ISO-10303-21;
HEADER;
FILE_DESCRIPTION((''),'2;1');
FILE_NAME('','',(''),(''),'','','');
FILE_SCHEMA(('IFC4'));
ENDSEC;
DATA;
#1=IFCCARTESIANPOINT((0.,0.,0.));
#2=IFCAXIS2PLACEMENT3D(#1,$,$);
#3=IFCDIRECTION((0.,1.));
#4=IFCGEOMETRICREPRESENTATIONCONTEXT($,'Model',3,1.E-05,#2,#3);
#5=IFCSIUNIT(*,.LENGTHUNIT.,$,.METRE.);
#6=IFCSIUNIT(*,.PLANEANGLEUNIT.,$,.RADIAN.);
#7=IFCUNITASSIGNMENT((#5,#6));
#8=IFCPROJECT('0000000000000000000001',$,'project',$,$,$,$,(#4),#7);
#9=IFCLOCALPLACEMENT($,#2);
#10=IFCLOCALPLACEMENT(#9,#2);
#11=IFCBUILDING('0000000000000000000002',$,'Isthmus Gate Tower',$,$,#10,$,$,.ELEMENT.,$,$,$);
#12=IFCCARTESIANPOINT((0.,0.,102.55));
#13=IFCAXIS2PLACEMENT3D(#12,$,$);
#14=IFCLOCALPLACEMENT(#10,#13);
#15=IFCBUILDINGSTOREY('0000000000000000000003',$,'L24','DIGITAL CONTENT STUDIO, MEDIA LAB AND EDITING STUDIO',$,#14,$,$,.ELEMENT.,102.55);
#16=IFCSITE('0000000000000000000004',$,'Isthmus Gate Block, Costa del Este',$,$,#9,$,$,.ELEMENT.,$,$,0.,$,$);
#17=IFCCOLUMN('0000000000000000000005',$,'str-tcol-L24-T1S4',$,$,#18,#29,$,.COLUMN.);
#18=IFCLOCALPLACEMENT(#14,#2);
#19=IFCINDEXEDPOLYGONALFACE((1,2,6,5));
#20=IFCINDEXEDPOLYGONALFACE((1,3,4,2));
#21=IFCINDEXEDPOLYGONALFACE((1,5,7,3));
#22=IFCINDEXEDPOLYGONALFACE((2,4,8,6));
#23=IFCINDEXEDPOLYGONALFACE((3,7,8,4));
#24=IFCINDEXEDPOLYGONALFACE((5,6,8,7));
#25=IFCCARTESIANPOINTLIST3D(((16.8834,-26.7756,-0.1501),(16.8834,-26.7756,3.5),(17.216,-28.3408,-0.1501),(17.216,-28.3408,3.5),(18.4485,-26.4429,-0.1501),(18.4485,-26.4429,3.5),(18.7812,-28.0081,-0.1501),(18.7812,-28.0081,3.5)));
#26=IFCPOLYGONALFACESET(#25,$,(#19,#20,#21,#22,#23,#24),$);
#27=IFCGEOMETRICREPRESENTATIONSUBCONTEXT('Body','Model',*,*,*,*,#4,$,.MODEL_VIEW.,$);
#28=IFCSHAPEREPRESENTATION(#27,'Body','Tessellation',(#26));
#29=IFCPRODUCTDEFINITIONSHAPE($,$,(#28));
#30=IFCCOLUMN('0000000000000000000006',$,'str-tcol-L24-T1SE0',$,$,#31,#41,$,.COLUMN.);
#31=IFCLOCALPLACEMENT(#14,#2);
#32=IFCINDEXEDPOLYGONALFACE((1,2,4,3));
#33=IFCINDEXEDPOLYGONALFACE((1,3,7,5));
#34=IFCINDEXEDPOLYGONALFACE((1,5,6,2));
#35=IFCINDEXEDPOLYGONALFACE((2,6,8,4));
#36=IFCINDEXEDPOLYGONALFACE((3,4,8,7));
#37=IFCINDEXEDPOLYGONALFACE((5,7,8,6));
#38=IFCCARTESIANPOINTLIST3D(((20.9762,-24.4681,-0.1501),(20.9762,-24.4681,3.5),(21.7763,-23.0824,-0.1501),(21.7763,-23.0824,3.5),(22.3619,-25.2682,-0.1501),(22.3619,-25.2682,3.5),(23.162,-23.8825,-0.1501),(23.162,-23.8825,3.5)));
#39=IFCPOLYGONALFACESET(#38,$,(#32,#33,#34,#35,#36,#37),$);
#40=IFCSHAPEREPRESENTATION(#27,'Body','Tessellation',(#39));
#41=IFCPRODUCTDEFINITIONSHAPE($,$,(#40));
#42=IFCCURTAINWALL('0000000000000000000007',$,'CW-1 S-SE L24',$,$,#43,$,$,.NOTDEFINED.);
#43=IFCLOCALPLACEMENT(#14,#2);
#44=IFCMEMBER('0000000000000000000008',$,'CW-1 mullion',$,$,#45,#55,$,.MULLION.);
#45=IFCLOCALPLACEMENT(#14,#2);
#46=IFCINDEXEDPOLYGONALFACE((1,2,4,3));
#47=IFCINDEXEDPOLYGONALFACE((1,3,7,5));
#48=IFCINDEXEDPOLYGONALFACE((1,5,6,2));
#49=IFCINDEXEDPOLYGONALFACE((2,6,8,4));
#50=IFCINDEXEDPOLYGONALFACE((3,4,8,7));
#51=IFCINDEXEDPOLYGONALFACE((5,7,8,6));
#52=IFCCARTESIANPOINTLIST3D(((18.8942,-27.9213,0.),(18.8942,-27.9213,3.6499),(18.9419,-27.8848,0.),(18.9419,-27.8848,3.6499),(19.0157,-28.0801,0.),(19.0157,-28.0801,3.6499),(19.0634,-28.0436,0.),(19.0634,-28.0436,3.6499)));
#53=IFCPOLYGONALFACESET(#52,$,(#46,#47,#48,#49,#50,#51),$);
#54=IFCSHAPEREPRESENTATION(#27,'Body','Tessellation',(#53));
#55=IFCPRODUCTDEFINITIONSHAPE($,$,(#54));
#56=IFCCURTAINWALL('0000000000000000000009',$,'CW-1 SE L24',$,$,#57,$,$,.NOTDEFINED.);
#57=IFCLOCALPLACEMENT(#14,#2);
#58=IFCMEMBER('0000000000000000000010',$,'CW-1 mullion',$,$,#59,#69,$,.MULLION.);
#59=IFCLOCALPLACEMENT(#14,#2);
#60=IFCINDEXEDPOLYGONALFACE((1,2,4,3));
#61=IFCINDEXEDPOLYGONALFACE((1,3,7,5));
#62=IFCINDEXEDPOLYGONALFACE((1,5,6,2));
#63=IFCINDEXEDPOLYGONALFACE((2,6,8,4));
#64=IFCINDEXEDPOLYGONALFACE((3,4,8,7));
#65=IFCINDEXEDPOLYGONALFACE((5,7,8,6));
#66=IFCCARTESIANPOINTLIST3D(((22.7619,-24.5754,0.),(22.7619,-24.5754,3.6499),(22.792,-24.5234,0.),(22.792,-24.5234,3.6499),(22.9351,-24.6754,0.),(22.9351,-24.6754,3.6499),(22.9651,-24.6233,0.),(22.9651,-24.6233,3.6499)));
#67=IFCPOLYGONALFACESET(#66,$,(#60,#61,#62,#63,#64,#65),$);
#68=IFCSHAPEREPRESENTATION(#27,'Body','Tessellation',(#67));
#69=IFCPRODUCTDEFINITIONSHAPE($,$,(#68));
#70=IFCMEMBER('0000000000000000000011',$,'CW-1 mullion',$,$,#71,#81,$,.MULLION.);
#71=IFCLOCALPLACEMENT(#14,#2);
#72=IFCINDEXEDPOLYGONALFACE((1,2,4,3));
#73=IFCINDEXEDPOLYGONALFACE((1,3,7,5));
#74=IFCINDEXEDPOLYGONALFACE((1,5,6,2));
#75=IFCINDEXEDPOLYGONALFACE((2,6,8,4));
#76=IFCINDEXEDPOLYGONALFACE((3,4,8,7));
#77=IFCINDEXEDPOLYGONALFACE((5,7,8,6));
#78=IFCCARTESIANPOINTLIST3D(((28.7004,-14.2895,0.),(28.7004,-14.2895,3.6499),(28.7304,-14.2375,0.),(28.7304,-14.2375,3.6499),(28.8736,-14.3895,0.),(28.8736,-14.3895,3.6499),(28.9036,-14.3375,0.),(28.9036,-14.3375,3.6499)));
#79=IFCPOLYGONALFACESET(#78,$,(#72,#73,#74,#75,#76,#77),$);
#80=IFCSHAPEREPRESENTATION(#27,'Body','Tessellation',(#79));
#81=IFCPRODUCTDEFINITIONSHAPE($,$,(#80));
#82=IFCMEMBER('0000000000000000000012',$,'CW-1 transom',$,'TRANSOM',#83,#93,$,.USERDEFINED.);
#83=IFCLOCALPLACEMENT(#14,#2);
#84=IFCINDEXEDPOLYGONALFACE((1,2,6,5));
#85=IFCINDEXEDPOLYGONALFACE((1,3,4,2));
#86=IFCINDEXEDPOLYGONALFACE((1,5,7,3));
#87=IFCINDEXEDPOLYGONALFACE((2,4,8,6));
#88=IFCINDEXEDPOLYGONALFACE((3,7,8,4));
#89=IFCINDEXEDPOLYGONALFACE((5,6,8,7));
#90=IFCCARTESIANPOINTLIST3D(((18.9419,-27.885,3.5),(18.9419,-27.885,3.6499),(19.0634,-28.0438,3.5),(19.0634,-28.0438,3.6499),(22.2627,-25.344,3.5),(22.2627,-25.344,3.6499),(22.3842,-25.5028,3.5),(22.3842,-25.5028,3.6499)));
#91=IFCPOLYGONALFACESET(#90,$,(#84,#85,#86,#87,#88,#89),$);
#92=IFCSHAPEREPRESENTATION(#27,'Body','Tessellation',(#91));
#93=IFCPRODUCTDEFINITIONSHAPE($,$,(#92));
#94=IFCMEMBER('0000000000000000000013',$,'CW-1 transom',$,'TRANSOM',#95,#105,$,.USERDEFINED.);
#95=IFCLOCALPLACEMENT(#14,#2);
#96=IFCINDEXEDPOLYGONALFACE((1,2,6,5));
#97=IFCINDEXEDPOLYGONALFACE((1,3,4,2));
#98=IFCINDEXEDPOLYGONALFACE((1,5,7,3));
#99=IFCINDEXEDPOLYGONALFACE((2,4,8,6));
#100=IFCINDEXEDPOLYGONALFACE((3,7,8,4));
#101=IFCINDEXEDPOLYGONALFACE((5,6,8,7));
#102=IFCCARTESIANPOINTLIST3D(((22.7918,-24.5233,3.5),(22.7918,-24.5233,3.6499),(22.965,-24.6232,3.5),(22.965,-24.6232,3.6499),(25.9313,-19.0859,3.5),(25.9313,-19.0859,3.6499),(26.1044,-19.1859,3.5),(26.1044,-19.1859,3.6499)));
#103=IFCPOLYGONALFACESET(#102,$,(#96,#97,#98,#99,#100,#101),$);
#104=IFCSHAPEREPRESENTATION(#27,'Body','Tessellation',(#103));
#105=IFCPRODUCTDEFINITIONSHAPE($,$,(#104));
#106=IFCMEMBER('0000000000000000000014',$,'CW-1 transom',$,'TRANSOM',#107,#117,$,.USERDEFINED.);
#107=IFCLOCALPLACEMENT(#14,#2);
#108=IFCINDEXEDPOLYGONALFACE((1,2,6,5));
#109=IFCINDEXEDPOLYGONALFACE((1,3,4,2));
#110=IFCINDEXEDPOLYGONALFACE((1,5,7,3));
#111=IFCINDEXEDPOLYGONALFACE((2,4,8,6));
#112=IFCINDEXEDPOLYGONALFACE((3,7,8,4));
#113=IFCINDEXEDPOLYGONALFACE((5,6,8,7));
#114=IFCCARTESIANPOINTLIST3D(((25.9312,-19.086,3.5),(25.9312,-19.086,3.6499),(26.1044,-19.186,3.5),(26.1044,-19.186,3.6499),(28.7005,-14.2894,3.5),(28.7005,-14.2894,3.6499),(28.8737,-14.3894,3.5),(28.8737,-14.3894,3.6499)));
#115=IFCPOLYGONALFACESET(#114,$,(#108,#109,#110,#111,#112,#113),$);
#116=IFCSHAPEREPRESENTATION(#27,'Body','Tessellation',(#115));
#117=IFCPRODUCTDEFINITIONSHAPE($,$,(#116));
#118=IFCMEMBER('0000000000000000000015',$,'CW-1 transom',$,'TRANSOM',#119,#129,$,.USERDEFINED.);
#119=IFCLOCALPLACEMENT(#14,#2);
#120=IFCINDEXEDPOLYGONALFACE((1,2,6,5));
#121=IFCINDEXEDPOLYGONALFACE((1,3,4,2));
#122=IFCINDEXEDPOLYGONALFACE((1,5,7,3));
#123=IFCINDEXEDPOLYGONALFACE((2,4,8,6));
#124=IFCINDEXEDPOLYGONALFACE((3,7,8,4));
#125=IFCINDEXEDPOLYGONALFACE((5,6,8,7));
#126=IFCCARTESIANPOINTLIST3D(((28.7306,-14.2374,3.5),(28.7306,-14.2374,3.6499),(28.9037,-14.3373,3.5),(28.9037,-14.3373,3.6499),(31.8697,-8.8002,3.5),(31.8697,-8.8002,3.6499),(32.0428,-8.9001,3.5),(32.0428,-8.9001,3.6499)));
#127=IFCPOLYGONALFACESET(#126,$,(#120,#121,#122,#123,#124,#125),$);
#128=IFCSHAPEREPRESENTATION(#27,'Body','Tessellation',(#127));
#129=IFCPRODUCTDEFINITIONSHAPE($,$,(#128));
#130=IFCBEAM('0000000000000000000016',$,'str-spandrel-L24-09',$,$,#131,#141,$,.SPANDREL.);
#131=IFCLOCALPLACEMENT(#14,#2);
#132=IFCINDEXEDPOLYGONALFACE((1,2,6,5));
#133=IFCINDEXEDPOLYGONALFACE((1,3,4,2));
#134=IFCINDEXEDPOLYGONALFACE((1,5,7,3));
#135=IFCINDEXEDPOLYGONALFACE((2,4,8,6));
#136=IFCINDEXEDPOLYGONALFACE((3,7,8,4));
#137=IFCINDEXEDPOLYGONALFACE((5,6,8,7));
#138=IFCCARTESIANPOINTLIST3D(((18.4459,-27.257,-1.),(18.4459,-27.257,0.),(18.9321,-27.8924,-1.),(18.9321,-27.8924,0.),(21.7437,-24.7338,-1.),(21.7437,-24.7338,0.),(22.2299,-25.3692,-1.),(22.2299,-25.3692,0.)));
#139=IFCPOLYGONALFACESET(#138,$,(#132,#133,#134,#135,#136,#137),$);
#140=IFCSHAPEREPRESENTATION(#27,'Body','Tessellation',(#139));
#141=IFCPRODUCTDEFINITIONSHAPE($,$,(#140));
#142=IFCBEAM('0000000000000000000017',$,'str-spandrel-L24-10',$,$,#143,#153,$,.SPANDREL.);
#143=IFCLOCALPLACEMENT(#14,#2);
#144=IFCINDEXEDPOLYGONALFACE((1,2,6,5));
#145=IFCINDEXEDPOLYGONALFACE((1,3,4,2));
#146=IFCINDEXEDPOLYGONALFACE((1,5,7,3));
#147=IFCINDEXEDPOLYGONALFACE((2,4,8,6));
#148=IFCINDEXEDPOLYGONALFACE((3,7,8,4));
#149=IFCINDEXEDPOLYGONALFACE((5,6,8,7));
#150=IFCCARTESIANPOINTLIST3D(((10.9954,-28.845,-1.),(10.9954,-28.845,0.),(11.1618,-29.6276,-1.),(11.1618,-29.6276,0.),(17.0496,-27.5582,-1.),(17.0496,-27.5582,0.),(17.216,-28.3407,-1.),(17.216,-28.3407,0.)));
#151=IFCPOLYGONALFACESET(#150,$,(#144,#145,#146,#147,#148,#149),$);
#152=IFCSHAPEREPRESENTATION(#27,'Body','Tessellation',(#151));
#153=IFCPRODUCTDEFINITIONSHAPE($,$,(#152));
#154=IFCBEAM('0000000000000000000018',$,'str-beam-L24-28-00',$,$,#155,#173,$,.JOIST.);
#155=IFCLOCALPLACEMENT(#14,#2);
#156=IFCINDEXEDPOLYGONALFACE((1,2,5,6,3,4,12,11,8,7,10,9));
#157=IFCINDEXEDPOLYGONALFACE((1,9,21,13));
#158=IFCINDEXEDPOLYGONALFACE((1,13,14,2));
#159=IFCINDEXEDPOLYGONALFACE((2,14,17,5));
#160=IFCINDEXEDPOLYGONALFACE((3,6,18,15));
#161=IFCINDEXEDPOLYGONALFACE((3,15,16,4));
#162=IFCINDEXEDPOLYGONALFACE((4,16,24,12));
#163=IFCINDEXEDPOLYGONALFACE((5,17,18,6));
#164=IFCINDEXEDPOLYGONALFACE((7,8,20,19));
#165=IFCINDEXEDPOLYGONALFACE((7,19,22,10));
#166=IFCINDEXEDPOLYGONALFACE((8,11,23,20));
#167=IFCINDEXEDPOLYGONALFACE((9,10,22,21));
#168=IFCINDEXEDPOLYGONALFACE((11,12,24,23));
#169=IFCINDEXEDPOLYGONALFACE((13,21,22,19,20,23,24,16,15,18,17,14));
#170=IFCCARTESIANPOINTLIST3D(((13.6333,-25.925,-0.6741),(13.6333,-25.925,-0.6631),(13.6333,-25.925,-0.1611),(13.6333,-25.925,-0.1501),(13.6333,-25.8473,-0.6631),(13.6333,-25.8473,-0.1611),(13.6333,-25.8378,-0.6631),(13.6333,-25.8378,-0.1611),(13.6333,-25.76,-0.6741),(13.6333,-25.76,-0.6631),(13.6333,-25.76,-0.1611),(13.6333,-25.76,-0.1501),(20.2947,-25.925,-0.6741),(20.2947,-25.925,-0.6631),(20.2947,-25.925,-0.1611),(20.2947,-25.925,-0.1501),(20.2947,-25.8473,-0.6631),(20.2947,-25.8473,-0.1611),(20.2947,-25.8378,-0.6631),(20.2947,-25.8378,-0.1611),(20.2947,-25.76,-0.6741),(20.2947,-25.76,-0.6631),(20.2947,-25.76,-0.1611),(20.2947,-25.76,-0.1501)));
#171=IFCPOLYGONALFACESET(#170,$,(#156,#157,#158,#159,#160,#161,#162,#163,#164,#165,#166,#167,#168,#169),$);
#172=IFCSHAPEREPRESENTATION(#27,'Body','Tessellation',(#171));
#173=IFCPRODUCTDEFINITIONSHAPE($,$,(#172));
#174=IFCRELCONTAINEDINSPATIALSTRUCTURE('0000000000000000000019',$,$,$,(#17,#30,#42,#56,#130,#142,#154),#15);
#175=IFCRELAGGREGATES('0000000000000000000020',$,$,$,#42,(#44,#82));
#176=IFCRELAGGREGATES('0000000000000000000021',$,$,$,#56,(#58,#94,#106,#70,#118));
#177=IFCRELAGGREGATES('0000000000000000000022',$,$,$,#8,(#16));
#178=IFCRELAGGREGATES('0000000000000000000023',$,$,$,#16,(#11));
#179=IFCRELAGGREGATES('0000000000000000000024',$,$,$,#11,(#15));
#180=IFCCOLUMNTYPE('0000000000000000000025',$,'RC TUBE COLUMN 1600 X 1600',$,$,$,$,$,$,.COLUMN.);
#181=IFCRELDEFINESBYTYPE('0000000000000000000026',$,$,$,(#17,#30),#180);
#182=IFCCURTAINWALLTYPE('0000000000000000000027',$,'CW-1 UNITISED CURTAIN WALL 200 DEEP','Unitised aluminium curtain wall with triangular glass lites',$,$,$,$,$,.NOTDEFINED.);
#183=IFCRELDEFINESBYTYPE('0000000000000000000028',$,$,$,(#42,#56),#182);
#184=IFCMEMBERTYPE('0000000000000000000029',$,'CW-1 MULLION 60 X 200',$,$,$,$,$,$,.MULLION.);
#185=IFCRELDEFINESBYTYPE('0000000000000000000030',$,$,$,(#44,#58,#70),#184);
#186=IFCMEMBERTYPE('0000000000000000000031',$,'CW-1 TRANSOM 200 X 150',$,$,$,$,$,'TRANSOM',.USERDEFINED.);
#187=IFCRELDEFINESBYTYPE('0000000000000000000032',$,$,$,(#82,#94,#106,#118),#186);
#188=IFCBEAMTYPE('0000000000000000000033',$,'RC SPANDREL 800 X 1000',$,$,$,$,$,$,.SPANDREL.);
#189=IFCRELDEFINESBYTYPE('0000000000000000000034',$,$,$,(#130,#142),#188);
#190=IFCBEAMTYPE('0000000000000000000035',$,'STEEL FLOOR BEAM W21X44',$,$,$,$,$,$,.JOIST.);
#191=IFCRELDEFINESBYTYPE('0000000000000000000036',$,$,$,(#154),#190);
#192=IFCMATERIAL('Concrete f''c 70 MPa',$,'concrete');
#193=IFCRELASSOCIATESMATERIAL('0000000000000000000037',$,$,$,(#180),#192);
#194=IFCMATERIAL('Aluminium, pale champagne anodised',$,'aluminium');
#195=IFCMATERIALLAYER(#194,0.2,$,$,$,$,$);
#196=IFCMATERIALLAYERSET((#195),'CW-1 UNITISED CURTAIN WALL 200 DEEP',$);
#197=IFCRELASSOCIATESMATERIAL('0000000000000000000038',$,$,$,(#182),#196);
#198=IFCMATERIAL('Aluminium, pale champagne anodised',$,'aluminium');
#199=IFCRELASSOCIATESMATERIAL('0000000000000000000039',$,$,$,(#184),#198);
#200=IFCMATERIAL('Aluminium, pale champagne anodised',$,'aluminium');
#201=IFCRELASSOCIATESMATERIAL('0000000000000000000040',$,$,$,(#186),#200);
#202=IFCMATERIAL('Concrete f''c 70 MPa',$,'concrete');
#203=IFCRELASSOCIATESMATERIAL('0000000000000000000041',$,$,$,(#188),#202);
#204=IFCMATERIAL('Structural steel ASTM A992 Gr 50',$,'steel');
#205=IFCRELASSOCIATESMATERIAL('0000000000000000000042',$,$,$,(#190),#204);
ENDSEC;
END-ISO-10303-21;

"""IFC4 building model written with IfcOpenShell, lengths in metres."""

from ifc_helpers import new_model, si_unit, direction, frame, origin, origin_2d, place, context, subcontext, project, spatial, rectangle, i_section, extrude, material, layer, layer_set, material_profile, profile_set, type_object, element, aggregate, save


model = new_model("IFC4")

# Units and contexts
model_context = context("Model", 3, precision=1e-05, world=origin(), true_north=direction((0.0, 1.0)))
body_context = subcontext(model_context, "Body", "Model", "MODEL_VIEW")
ifc_project = project(units=[si_unit("LENGTHUNIT", "METRE"), si_unit("PLANEANGLEUNIT", "RADIAN")], contexts=[model_context])

# Site, building, storey
site_placement = place(None, origin())
site = spatial("IfcSite", under=ifc_project, at=site_placement, Name="Isthmus Gate Block, Costa del Este", CompositionType="ELEMENT", RefElevation=0.0)
building_placement = place(site_placement, origin())
building = spatial("IfcBuilding", under=site, at=building_placement, Name="Isthmus Gate Tower", CompositionType="ELEMENT")
storey_placement = place(building_placement, frame((0.0, 0.0, 102.55)))
storey = spatial("IfcBuildingStorey", under=building, at=storey_placement, Name="L24", Description="DIGITAL CONTENT STUDIO, MEDIA LAB AND EDITING STUDIO", CompositionType="ELEMENT", Elevation=102.55)

# Columns
ifc_material_1 = material(Name="Concrete f'c 70 MPa", Category="concrete")
ifc_material_profile_1 = material_profile(ifc_material_1, rectangle(XDim=1.6001, YDim=1.6001, at=origin_2d()), Name="RC 1600X1600")
ifc_profile_set_1 = profile_set([ifc_material_profile_1], Name="Concrete f'c 70 MPa")
column_type = type_object("IfcColumnType", Name="RC TUBE COLUMN 1600 X 1600", PredefinedType="COLUMN", material=ifc_profile_set_1)
for number, where, z_axis, x_axis, name in (
    (1, (17.8323, -27.3918, -0.1501), (0.0, 0.0, 1.0), (0.978148, 0.207912, 0.0), "str-tcol-L24-T1S4"),
    (2, (22.0691, -24.1753, -0.1501), (0.0, 0.0, 1.0), (0.5, 0.866025, 0.0), "str-tcol-L24-T1SE0"),
):
    element("IfcColumn", number, at=place(storey_placement, frame(where, z_axis=z_axis, x_axis=x_axis)), inside=storey, type_object=column_type, Name=name, PredefinedType="COLUMN", context=body_context, shape_type="SweptSolid", body=[
        extrude(rectangle(XDim=1.6001, YDim=1.6001, at=origin_2d()), origin(), (0.0, 0.0, 1.0), 3.6501),
    ])

# Curtain wall, member
ifc_material_2 = material(Name="Aluminium, pale champagne anodised", Category="aluminium")
ifc_layer_1 = layer(ifc_material_2, 0.2)
ifc_layer_set_1 = layer_set([ifc_layer_1], Name="CW-1 UNITISED CURTAIN WALL 200 DEEP")
curtain_wall_type = type_object("IfcCurtainWallType", Name="CW-1 UNITISED CURTAIN WALL 200 DEEP", Description="Unitised aluminium curtain wall with triangular glass lites", PredefinedType="NOTDEFINED", material=ifc_layer_set_1)
curtain_wall_1_placement = place(storey_placement, origin())
curtain_wall_1 = element("IfcCurtainWall", 3, at=curtain_wall_1_placement, inside=storey, type_object=curtain_wall_type, Name="CW-1 S-SE L24", PredefinedType="NOTDEFINED")
ifc_material_3 = material(Name="Aluminium, pale champagne anodised", Category="aluminium")
ifc_material_profile_2 = material_profile(ifc_material_3, rectangle(XDim=0.0601, YDim=0.2, at=origin_2d()), Name="60x200")
ifc_profile_set_2 = profile_set([ifc_material_profile_2], Name="Aluminium, pale champagne anodised")
member_type_1 = type_object("IfcMemberType", Name="CW-1 MULLION 60 X 200", PredefinedType="MULLION", material=ifc_profile_set_2)
member_1_placement = place(storey_placement, frame((18.9788, -27.9824, 0.0), z_axis=(0.0, 0.0, 1.0), x_axis=(0.794189, 0.607671, 0.0)))
member_1 = element("IfcMember", 4, at=member_1_placement, type_object=member_type_1, Name="CW-1 mullion", PredefinedType="MULLION", context=body_context, shape_type="SweptSolid", body=[
    extrude(rectangle(XDim=0.0601, YDim=0.2, at=origin_2d()), origin(), (0.0, 0.0, 1.0), 3.6499),
])

# Curtain wall, members
curtain_wall_2_placement = place(storey_placement, origin())
curtain_wall_2 = element("IfcCurtainWall", 5, at=curtain_wall_2_placement, inside=storey, type_object=curtain_wall_type, Name="CW-1 SE L24", PredefinedType="NOTDEFINED")
member_2_placement = place(storey_placement, frame((22.8635, -24.5994, 0.0), z_axis=(0.0, 0.0, 1.0), x_axis=(0.5, 0.866025, 0.0)))
member_2 = element("IfcMember", 6, at=member_2_placement, type_object=member_type_1, Name="CW-1 mullion", PredefinedType="MULLION", context=body_context, shape_type="SweptSolid", body=[
    extrude(rectangle(XDim=0.0601, YDim=0.2, at=origin_2d()), origin(), (0.0, 0.0, 1.0), 3.6499),
])
member_3_placement = place(storey_placement, frame((28.802, -14.3135, 0.0), z_axis=(0.0, 0.0, 1.0), x_axis=(0.5, 0.866025, 0.0)))
member_3 = element("IfcMember", 7, at=member_3_placement, type_object=member_type_1, Name="CW-1 mullion", PredefinedType="MULLION", context=body_context, shape_type="SweptSolid", body=[
    extrude(rectangle(XDim=0.0601, YDim=0.2, at=origin_2d()), origin(), (0.0, 0.0, 1.0), 3.6499),
])

# Members
ifc_material_4 = material(Name="Aluminium, pale champagne anodised", Category="aluminium")
ifc_material_profile_3 = material_profile(ifc_material_4, rectangle(XDim=0.2, YDim=0.1499, at=origin_2d()), Name="200x150")
ifc_profile_set_3 = profile_set([ifc_material_profile_3], Name="Aluminium, pale champagne anodised")
member_type_2 = type_object("IfcMemberType", Name="CW-1 TRANSOM 200 X 150", ElementType="TRANSOM", PredefinedType="USERDEFINED", material=ifc_profile_set_3)
member_4_placement = place(storey_placement, frame((19.0027, -27.9644, 3.575), z_axis=(0.794175, 0.607688, 0.0), x_axis=(-0.607688, 0.794175, 0.0)))
member_4 = element("IfcMember", 8, at=member_4_placement, type_object=member_type_2, Name="CW-1 transom", ObjectType="TRANSOM", PredefinedType="USERDEFINED", context=body_context, shape_type="SweptSolid", body=[
    extrude(rectangle(XDim=0.2, YDim=0.1499, at=origin_2d()), origin(), (0.0, 0.0, 1.0), 4.1814),
])
member_5_placement = place(storey_placement, frame((22.8784, -24.5732, 3.575), z_axis=(0.500024, 0.866011, 0.0), x_axis=(-0.866011, 0.500024, 0.0)))
member_5 = element("IfcMember", 9, at=member_5_placement, type_object=member_type_2, Name="CW-1 transom", ObjectType="TRANSOM", PredefinedType="USERDEFINED", context=body_context, shape_type="SweptSolid", body=[
    extrude(rectangle(XDim=0.2, YDim=0.1499, at=origin_2d()), origin(), (0.0, 0.0, 1.0), 6.2786),
])
member_6_placement = place(storey_placement, frame((26.0178, -19.136, 3.575), z_axis=(0.499993, 0.866029, 0.0), x_axis=(-0.866029, 0.499993, 0.0)))
member_6 = element("IfcMember", 10, at=member_6_placement, type_object=member_type_2, Name="CW-1 transom", ObjectType="TRANSOM", PredefinedType="USERDEFINED", context=body_context, shape_type="SweptSolid", body=[
    extrude(rectangle(XDim=0.2, YDim=0.1499, at=origin_2d()), origin(), (0.0, 0.0, 1.0), 5.5386),
])
member_7_placement = place(storey_placement, frame((28.8171, -14.2874, 3.575), z_axis=(0.499995, 0.866028, 0.0), x_axis=(-0.866028, 0.499995, 0.0)))
member_7 = element("IfcMember", 11, at=member_7_placement, type_object=member_type_2, Name="CW-1 transom", ObjectType="TRANSOM", PredefinedType="USERDEFINED", context=body_context, shape_type="SweptSolid", body=[
    extrude(rectangle(XDim=0.2, YDim=0.1499, at=origin_2d()), origin(), (0.0, 0.0, 1.0), 6.2783),
])

# Beams
ifc_material_5 = material(Name="Concrete f'c 70 MPa", Category="concrete")
ifc_material_profile_4 = material_profile(ifc_material_5, rectangle(XDim=0.8, YDim=1.0, at=origin_2d()), Name="RC 800X1000")
ifc_profile_set_4 = profile_set([ifc_material_profile_4], Name="Concrete f'c 70 MPa")
beam_type_1 = type_object("IfcBeamType", Name="RC SPANDREL 800 X 1000", PredefinedType="SPANDREL", material=ifc_profile_set_4)
beam_1_placement = place(storey_placement, frame((21.9868, -25.0515, -0.5), z_axis=(-0.794206, -0.607649, 0.0), x_axis=(0.607649, -0.794206, 0.0)))
element("IfcBeam", 12, at=beam_1_placement, inside=storey, type_object=beam_type_1, Name="str-spandrel-L24-09", PredefinedType="SPANDREL", context=body_context, shape_type="SweptSolid", body=[
    extrude(rectangle(XDim=0.8, YDim=1.0, at=origin_2d()), origin(), (0.0, 0.0, 1.0), 4.1523),
])
beam_2_placement = place(storey_placement, frame((17.1328, -27.9495, -0.5), z_axis=(-0.978147, -0.207913, 0.0), x_axis=(0.207913, -0.978147, 0.0)))
element("IfcBeam", 13, at=beam_2_placement, inside=storey, type_object=beam_type_1, Name="str-spandrel-L24-10", PredefinedType="SPANDREL", context=body_context, shape_type="SweptSolid", body=[
    extrude(rectangle(XDim=0.8, YDim=1.0, at=origin_2d()), origin(), (0.0, 0.0, 1.0), 6.1895),
])
ifc_material_6 = material(Name="Structural steel ASTM A992 Gr 50", Category="steel")
ifc_material_profile_5 = material_profile(ifc_material_6, i_section(OverallWidth=0.165, OverallDepth=0.5239, WebThickness=0.0095, FlangeThickness=0.011, at=origin_2d()), Name="W21X44")
ifc_profile_set_5 = profile_set([ifc_material_profile_5], Name="Structural steel ASTM A992 Gr 50")
beam_type_2 = type_object("IfcBeamType", Name="STEEL FLOOR BEAM W21X44", PredefinedType="JOIST", material=ifc_profile_set_5)
beam_3_placement = place(storey_placement, frame((13.6333, -25.8425, -0.4121), z_axis=(1.0, 0.0, 0.0), x_axis=(0.0, 1.0, 0.0)))
element("IfcBeam", 14, at=beam_3_placement, inside=storey, type_object=beam_type_2, Name="str-beam-L24-28-00", PredefinedType="JOIST", context=body_context, shape_type="SweptSolid", body=[
    extrude(i_section(OverallWidth=0.165, OverallDepth=0.5239, WebThickness=0.0095, FlangeThickness=0.011, at=origin_2d()), origin(), (0.0, 0.0, 1.0), 6.6614),
])

aggregate(curtain_wall_1, [member_1, member_4])
aggregate(curtain_wall_2, [member_2, member_5, member_6, member_3, member_7])

save(model, "model.ifc")
